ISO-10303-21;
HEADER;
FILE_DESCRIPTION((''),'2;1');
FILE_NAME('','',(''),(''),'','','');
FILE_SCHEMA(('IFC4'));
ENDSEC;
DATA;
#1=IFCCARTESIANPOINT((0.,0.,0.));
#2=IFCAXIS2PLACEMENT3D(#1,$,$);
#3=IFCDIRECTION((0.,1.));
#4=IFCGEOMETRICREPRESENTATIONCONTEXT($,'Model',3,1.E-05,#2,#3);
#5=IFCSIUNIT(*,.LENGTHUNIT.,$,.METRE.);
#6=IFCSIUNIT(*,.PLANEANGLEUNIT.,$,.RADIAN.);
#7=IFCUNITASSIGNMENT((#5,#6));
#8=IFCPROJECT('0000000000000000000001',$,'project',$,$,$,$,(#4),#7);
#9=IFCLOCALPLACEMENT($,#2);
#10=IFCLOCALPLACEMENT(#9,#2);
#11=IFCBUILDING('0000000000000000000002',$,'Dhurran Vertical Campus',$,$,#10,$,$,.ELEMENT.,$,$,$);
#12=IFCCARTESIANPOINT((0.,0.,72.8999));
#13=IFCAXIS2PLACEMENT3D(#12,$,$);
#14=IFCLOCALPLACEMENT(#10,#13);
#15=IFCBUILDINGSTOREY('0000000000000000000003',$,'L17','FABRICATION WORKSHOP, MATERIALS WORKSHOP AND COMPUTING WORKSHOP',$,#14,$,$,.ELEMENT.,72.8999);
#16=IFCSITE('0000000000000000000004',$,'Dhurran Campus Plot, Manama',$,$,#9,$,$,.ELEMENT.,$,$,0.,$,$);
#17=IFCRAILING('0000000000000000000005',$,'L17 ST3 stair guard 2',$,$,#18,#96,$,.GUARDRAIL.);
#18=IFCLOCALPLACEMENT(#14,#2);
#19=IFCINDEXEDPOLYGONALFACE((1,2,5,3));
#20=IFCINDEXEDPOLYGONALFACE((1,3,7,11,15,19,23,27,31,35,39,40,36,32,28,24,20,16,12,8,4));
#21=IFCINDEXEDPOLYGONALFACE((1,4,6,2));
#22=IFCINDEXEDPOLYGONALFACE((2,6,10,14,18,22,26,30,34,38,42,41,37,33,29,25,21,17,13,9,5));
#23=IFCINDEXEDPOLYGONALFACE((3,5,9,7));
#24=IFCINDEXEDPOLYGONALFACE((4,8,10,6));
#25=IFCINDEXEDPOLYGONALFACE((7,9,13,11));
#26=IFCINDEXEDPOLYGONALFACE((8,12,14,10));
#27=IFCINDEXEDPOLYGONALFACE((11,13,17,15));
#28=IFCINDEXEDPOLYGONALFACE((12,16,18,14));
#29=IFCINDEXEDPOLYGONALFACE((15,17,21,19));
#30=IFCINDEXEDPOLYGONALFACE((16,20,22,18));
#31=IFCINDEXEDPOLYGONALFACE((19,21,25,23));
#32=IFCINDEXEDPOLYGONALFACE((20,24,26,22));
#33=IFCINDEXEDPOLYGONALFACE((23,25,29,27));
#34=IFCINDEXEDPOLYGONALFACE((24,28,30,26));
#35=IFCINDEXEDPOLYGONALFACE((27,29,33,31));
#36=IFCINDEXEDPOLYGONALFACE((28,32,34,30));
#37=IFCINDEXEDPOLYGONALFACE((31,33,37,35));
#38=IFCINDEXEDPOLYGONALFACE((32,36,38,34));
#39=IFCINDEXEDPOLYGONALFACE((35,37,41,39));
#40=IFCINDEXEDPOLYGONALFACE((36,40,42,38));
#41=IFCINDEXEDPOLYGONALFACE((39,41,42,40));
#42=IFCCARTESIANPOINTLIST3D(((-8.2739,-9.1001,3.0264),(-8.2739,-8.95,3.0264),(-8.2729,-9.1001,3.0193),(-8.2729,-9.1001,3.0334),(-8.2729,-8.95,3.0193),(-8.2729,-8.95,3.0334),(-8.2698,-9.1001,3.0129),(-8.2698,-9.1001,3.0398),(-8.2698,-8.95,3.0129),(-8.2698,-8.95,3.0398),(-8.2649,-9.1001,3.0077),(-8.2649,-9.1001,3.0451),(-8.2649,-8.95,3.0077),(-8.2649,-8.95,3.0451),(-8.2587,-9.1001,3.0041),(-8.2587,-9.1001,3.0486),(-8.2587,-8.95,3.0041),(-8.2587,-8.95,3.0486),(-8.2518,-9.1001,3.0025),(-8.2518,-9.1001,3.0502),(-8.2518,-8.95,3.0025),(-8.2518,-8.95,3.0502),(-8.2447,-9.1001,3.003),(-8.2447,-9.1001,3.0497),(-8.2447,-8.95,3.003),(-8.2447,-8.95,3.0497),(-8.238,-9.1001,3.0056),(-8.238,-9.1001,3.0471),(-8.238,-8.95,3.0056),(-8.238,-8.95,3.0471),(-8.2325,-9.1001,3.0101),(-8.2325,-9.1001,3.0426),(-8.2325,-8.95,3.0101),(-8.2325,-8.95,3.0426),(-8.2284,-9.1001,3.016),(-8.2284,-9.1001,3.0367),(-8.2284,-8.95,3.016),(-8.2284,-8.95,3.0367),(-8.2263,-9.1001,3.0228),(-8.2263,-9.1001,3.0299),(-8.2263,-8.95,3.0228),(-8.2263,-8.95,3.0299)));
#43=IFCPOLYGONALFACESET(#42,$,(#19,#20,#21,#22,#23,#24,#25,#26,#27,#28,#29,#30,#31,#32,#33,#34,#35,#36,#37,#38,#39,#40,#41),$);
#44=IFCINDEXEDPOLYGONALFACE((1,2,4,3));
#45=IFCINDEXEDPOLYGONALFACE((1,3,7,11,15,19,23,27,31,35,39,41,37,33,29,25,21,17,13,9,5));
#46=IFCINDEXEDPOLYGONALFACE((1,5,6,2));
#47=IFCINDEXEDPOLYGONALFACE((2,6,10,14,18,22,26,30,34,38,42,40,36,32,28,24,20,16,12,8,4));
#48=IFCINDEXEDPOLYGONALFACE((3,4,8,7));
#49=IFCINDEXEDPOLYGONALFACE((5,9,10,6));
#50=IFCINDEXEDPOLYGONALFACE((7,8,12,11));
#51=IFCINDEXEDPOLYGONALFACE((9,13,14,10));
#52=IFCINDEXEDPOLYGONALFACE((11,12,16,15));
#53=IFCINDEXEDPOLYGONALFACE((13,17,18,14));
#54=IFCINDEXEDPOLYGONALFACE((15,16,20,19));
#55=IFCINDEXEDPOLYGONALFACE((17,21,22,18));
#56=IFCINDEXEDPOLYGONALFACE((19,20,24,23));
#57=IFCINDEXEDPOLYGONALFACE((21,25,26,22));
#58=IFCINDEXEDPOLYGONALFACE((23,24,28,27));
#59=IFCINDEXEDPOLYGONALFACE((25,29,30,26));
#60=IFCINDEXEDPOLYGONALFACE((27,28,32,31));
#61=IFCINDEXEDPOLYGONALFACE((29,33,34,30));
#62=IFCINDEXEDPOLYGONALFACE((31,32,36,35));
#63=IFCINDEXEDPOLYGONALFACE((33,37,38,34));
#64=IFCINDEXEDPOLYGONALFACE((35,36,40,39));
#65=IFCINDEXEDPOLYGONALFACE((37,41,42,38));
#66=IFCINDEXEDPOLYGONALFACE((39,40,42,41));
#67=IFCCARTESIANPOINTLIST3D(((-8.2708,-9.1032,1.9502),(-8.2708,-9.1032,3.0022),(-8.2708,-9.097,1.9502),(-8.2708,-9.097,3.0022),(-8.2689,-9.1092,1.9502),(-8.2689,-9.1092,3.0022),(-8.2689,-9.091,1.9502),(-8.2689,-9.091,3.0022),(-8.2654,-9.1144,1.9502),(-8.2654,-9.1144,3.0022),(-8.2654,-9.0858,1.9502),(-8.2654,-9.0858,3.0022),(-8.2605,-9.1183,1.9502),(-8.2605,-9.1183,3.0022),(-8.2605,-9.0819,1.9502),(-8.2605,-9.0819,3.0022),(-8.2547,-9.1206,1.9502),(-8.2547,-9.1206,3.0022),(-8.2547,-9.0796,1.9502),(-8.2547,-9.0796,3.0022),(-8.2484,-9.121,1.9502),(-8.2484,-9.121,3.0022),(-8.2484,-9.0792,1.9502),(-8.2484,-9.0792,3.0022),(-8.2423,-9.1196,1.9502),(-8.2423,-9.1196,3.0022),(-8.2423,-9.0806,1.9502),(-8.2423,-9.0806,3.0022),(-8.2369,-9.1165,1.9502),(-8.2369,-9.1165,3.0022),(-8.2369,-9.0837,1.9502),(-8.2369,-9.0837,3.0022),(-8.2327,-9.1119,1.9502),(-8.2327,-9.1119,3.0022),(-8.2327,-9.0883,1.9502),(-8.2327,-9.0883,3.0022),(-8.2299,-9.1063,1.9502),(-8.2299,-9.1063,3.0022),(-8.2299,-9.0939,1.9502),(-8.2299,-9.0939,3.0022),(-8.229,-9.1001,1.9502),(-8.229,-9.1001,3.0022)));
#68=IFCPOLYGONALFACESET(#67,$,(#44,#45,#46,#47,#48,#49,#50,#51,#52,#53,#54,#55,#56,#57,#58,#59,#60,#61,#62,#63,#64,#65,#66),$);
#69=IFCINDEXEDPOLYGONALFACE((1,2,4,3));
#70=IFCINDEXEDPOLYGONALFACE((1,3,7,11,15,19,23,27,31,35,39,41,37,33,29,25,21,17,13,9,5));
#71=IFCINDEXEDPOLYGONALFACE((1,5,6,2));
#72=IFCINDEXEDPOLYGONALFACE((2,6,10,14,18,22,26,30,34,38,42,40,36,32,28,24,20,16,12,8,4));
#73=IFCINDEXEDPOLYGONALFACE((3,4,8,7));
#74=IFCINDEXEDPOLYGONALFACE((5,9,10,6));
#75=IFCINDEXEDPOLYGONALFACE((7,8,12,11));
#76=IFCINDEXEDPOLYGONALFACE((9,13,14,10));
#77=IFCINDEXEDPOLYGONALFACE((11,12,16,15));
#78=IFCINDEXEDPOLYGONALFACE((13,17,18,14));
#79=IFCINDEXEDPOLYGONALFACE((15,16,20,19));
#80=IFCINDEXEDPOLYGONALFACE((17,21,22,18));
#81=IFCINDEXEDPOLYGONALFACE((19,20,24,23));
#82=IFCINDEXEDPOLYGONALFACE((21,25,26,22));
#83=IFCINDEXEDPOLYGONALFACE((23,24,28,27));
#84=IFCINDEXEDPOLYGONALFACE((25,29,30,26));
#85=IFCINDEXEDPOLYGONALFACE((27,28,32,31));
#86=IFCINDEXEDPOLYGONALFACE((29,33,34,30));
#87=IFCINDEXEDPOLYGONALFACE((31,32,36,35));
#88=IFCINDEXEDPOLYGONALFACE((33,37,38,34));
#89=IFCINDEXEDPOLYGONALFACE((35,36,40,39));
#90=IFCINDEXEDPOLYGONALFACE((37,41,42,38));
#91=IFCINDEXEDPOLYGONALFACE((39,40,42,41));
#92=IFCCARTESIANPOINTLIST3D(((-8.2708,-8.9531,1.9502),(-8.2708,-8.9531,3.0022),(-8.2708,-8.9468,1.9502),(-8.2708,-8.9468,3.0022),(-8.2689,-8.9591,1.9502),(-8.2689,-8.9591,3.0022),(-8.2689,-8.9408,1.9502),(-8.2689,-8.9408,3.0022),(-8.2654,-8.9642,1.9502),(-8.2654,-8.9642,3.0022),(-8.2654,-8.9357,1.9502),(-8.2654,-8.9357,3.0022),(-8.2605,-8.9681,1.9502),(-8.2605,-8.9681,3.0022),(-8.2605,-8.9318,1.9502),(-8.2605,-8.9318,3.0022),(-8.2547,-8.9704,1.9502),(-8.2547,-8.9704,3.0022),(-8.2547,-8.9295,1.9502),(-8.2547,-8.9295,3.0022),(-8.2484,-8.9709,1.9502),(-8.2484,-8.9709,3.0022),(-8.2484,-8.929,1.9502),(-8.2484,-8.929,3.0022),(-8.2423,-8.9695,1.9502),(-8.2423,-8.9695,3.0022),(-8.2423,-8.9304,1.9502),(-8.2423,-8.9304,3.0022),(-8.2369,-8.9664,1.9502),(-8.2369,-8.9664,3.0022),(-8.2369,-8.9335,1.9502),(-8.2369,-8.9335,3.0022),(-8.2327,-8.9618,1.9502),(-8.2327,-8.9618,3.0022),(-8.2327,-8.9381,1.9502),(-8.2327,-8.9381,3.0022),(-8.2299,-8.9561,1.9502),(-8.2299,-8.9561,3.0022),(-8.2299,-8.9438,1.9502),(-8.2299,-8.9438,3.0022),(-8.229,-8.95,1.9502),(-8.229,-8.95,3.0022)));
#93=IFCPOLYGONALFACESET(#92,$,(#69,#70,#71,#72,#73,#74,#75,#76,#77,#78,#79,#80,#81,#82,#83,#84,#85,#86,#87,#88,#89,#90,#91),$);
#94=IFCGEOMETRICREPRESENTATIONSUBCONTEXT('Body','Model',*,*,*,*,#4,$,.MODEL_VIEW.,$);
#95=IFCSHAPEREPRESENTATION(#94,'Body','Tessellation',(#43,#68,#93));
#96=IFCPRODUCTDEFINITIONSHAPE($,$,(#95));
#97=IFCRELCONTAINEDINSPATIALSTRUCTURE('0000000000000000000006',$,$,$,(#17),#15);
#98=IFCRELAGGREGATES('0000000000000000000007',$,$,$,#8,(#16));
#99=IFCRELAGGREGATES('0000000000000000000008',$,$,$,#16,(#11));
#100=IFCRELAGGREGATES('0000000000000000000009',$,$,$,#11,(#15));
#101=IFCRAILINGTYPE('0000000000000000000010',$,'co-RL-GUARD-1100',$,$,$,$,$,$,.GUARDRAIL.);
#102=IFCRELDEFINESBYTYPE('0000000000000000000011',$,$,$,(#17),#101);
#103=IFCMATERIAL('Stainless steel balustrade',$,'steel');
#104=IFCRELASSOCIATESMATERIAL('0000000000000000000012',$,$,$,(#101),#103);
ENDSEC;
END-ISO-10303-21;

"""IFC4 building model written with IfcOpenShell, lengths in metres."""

from ifc_helpers import new_model, si_unit, direction, frame, origin, origin_2d, place, context, subcontext, project, spatial, circle, extrude, material, type_object, element, save


model = new_model("IFC4")

# Units and contexts
model_context = context("Model", 3, precision=1e-05, world=origin(), true_north=direction((0.0, 1.0)))
body_context = subcontext(model_context, "Body", "Model", "MODEL_VIEW")
ifc_project = project(units=[si_unit("LENGTHUNIT", "METRE"), si_unit("PLANEANGLEUNIT", "RADIAN")], contexts=[model_context])

# Site, building, storey
site_placement = place(None, origin())
site = spatial("IfcSite", under=ifc_project, at=site_placement, Name="Dhurran Campus Plot, Manama", CompositionType="ELEMENT", RefElevation=0.0)
building_placement = place(site_placement, origin())
building = spatial("IfcBuilding", under=site, at=building_placement, Name="Dhurran Vertical Campus", CompositionType="ELEMENT")
storey_placement = place(building_placement, frame((0.0, 0.0, 72.8999)))
storey = spatial("IfcBuildingStorey", under=building, at=storey_placement, Name="L17", Description="FABRICATION WORKSHOP, MATERIALS WORKSHOP AND COMPUTING WORKSHOP", CompositionType="ELEMENT", Elevation=72.8999)

# Railing
ifc_material_1 = material(Name="Stainless steel balustrade", Category="steel")
railing_type_1 = type_object("IfcRailingType", Name="co-RL-GUARD-1100", PredefinedType="GUARDRAIL", material=ifc_material_1)
railing_1_placement = place(storey_placement, frame((-8.25, -9.1001, 1.9502)))
element("IfcRailing", 1, at=railing_1_placement, inside=storey, type_object=railing_type_1, Name="L17 ST3 stair guard 2", PredefinedType="GUARDRAIL", context=body_context, shape_type="SweptSolid", body=[
    extrude(circle(Radius=0.0239, at=origin_2d()), frame((0.0, 0.0, 1.0762), z_axis=(0.0, 1.0, 0.0), x_axis=(-1.0, 0.0, 0.0)), (0.0, 0.0, 1.0), 0.1501),
    extrude(circle(Radius=0.021, at=origin_2d()), origin(), (0.0, 0.0, 1.0), 1.052),
    extrude(circle(Radius=0.021, at=origin_2d()), frame((0.0, 0.1501, 0.0)), (0.0, 0.0, 1.0), 1.052),
])

save(model, "model.ifc")
